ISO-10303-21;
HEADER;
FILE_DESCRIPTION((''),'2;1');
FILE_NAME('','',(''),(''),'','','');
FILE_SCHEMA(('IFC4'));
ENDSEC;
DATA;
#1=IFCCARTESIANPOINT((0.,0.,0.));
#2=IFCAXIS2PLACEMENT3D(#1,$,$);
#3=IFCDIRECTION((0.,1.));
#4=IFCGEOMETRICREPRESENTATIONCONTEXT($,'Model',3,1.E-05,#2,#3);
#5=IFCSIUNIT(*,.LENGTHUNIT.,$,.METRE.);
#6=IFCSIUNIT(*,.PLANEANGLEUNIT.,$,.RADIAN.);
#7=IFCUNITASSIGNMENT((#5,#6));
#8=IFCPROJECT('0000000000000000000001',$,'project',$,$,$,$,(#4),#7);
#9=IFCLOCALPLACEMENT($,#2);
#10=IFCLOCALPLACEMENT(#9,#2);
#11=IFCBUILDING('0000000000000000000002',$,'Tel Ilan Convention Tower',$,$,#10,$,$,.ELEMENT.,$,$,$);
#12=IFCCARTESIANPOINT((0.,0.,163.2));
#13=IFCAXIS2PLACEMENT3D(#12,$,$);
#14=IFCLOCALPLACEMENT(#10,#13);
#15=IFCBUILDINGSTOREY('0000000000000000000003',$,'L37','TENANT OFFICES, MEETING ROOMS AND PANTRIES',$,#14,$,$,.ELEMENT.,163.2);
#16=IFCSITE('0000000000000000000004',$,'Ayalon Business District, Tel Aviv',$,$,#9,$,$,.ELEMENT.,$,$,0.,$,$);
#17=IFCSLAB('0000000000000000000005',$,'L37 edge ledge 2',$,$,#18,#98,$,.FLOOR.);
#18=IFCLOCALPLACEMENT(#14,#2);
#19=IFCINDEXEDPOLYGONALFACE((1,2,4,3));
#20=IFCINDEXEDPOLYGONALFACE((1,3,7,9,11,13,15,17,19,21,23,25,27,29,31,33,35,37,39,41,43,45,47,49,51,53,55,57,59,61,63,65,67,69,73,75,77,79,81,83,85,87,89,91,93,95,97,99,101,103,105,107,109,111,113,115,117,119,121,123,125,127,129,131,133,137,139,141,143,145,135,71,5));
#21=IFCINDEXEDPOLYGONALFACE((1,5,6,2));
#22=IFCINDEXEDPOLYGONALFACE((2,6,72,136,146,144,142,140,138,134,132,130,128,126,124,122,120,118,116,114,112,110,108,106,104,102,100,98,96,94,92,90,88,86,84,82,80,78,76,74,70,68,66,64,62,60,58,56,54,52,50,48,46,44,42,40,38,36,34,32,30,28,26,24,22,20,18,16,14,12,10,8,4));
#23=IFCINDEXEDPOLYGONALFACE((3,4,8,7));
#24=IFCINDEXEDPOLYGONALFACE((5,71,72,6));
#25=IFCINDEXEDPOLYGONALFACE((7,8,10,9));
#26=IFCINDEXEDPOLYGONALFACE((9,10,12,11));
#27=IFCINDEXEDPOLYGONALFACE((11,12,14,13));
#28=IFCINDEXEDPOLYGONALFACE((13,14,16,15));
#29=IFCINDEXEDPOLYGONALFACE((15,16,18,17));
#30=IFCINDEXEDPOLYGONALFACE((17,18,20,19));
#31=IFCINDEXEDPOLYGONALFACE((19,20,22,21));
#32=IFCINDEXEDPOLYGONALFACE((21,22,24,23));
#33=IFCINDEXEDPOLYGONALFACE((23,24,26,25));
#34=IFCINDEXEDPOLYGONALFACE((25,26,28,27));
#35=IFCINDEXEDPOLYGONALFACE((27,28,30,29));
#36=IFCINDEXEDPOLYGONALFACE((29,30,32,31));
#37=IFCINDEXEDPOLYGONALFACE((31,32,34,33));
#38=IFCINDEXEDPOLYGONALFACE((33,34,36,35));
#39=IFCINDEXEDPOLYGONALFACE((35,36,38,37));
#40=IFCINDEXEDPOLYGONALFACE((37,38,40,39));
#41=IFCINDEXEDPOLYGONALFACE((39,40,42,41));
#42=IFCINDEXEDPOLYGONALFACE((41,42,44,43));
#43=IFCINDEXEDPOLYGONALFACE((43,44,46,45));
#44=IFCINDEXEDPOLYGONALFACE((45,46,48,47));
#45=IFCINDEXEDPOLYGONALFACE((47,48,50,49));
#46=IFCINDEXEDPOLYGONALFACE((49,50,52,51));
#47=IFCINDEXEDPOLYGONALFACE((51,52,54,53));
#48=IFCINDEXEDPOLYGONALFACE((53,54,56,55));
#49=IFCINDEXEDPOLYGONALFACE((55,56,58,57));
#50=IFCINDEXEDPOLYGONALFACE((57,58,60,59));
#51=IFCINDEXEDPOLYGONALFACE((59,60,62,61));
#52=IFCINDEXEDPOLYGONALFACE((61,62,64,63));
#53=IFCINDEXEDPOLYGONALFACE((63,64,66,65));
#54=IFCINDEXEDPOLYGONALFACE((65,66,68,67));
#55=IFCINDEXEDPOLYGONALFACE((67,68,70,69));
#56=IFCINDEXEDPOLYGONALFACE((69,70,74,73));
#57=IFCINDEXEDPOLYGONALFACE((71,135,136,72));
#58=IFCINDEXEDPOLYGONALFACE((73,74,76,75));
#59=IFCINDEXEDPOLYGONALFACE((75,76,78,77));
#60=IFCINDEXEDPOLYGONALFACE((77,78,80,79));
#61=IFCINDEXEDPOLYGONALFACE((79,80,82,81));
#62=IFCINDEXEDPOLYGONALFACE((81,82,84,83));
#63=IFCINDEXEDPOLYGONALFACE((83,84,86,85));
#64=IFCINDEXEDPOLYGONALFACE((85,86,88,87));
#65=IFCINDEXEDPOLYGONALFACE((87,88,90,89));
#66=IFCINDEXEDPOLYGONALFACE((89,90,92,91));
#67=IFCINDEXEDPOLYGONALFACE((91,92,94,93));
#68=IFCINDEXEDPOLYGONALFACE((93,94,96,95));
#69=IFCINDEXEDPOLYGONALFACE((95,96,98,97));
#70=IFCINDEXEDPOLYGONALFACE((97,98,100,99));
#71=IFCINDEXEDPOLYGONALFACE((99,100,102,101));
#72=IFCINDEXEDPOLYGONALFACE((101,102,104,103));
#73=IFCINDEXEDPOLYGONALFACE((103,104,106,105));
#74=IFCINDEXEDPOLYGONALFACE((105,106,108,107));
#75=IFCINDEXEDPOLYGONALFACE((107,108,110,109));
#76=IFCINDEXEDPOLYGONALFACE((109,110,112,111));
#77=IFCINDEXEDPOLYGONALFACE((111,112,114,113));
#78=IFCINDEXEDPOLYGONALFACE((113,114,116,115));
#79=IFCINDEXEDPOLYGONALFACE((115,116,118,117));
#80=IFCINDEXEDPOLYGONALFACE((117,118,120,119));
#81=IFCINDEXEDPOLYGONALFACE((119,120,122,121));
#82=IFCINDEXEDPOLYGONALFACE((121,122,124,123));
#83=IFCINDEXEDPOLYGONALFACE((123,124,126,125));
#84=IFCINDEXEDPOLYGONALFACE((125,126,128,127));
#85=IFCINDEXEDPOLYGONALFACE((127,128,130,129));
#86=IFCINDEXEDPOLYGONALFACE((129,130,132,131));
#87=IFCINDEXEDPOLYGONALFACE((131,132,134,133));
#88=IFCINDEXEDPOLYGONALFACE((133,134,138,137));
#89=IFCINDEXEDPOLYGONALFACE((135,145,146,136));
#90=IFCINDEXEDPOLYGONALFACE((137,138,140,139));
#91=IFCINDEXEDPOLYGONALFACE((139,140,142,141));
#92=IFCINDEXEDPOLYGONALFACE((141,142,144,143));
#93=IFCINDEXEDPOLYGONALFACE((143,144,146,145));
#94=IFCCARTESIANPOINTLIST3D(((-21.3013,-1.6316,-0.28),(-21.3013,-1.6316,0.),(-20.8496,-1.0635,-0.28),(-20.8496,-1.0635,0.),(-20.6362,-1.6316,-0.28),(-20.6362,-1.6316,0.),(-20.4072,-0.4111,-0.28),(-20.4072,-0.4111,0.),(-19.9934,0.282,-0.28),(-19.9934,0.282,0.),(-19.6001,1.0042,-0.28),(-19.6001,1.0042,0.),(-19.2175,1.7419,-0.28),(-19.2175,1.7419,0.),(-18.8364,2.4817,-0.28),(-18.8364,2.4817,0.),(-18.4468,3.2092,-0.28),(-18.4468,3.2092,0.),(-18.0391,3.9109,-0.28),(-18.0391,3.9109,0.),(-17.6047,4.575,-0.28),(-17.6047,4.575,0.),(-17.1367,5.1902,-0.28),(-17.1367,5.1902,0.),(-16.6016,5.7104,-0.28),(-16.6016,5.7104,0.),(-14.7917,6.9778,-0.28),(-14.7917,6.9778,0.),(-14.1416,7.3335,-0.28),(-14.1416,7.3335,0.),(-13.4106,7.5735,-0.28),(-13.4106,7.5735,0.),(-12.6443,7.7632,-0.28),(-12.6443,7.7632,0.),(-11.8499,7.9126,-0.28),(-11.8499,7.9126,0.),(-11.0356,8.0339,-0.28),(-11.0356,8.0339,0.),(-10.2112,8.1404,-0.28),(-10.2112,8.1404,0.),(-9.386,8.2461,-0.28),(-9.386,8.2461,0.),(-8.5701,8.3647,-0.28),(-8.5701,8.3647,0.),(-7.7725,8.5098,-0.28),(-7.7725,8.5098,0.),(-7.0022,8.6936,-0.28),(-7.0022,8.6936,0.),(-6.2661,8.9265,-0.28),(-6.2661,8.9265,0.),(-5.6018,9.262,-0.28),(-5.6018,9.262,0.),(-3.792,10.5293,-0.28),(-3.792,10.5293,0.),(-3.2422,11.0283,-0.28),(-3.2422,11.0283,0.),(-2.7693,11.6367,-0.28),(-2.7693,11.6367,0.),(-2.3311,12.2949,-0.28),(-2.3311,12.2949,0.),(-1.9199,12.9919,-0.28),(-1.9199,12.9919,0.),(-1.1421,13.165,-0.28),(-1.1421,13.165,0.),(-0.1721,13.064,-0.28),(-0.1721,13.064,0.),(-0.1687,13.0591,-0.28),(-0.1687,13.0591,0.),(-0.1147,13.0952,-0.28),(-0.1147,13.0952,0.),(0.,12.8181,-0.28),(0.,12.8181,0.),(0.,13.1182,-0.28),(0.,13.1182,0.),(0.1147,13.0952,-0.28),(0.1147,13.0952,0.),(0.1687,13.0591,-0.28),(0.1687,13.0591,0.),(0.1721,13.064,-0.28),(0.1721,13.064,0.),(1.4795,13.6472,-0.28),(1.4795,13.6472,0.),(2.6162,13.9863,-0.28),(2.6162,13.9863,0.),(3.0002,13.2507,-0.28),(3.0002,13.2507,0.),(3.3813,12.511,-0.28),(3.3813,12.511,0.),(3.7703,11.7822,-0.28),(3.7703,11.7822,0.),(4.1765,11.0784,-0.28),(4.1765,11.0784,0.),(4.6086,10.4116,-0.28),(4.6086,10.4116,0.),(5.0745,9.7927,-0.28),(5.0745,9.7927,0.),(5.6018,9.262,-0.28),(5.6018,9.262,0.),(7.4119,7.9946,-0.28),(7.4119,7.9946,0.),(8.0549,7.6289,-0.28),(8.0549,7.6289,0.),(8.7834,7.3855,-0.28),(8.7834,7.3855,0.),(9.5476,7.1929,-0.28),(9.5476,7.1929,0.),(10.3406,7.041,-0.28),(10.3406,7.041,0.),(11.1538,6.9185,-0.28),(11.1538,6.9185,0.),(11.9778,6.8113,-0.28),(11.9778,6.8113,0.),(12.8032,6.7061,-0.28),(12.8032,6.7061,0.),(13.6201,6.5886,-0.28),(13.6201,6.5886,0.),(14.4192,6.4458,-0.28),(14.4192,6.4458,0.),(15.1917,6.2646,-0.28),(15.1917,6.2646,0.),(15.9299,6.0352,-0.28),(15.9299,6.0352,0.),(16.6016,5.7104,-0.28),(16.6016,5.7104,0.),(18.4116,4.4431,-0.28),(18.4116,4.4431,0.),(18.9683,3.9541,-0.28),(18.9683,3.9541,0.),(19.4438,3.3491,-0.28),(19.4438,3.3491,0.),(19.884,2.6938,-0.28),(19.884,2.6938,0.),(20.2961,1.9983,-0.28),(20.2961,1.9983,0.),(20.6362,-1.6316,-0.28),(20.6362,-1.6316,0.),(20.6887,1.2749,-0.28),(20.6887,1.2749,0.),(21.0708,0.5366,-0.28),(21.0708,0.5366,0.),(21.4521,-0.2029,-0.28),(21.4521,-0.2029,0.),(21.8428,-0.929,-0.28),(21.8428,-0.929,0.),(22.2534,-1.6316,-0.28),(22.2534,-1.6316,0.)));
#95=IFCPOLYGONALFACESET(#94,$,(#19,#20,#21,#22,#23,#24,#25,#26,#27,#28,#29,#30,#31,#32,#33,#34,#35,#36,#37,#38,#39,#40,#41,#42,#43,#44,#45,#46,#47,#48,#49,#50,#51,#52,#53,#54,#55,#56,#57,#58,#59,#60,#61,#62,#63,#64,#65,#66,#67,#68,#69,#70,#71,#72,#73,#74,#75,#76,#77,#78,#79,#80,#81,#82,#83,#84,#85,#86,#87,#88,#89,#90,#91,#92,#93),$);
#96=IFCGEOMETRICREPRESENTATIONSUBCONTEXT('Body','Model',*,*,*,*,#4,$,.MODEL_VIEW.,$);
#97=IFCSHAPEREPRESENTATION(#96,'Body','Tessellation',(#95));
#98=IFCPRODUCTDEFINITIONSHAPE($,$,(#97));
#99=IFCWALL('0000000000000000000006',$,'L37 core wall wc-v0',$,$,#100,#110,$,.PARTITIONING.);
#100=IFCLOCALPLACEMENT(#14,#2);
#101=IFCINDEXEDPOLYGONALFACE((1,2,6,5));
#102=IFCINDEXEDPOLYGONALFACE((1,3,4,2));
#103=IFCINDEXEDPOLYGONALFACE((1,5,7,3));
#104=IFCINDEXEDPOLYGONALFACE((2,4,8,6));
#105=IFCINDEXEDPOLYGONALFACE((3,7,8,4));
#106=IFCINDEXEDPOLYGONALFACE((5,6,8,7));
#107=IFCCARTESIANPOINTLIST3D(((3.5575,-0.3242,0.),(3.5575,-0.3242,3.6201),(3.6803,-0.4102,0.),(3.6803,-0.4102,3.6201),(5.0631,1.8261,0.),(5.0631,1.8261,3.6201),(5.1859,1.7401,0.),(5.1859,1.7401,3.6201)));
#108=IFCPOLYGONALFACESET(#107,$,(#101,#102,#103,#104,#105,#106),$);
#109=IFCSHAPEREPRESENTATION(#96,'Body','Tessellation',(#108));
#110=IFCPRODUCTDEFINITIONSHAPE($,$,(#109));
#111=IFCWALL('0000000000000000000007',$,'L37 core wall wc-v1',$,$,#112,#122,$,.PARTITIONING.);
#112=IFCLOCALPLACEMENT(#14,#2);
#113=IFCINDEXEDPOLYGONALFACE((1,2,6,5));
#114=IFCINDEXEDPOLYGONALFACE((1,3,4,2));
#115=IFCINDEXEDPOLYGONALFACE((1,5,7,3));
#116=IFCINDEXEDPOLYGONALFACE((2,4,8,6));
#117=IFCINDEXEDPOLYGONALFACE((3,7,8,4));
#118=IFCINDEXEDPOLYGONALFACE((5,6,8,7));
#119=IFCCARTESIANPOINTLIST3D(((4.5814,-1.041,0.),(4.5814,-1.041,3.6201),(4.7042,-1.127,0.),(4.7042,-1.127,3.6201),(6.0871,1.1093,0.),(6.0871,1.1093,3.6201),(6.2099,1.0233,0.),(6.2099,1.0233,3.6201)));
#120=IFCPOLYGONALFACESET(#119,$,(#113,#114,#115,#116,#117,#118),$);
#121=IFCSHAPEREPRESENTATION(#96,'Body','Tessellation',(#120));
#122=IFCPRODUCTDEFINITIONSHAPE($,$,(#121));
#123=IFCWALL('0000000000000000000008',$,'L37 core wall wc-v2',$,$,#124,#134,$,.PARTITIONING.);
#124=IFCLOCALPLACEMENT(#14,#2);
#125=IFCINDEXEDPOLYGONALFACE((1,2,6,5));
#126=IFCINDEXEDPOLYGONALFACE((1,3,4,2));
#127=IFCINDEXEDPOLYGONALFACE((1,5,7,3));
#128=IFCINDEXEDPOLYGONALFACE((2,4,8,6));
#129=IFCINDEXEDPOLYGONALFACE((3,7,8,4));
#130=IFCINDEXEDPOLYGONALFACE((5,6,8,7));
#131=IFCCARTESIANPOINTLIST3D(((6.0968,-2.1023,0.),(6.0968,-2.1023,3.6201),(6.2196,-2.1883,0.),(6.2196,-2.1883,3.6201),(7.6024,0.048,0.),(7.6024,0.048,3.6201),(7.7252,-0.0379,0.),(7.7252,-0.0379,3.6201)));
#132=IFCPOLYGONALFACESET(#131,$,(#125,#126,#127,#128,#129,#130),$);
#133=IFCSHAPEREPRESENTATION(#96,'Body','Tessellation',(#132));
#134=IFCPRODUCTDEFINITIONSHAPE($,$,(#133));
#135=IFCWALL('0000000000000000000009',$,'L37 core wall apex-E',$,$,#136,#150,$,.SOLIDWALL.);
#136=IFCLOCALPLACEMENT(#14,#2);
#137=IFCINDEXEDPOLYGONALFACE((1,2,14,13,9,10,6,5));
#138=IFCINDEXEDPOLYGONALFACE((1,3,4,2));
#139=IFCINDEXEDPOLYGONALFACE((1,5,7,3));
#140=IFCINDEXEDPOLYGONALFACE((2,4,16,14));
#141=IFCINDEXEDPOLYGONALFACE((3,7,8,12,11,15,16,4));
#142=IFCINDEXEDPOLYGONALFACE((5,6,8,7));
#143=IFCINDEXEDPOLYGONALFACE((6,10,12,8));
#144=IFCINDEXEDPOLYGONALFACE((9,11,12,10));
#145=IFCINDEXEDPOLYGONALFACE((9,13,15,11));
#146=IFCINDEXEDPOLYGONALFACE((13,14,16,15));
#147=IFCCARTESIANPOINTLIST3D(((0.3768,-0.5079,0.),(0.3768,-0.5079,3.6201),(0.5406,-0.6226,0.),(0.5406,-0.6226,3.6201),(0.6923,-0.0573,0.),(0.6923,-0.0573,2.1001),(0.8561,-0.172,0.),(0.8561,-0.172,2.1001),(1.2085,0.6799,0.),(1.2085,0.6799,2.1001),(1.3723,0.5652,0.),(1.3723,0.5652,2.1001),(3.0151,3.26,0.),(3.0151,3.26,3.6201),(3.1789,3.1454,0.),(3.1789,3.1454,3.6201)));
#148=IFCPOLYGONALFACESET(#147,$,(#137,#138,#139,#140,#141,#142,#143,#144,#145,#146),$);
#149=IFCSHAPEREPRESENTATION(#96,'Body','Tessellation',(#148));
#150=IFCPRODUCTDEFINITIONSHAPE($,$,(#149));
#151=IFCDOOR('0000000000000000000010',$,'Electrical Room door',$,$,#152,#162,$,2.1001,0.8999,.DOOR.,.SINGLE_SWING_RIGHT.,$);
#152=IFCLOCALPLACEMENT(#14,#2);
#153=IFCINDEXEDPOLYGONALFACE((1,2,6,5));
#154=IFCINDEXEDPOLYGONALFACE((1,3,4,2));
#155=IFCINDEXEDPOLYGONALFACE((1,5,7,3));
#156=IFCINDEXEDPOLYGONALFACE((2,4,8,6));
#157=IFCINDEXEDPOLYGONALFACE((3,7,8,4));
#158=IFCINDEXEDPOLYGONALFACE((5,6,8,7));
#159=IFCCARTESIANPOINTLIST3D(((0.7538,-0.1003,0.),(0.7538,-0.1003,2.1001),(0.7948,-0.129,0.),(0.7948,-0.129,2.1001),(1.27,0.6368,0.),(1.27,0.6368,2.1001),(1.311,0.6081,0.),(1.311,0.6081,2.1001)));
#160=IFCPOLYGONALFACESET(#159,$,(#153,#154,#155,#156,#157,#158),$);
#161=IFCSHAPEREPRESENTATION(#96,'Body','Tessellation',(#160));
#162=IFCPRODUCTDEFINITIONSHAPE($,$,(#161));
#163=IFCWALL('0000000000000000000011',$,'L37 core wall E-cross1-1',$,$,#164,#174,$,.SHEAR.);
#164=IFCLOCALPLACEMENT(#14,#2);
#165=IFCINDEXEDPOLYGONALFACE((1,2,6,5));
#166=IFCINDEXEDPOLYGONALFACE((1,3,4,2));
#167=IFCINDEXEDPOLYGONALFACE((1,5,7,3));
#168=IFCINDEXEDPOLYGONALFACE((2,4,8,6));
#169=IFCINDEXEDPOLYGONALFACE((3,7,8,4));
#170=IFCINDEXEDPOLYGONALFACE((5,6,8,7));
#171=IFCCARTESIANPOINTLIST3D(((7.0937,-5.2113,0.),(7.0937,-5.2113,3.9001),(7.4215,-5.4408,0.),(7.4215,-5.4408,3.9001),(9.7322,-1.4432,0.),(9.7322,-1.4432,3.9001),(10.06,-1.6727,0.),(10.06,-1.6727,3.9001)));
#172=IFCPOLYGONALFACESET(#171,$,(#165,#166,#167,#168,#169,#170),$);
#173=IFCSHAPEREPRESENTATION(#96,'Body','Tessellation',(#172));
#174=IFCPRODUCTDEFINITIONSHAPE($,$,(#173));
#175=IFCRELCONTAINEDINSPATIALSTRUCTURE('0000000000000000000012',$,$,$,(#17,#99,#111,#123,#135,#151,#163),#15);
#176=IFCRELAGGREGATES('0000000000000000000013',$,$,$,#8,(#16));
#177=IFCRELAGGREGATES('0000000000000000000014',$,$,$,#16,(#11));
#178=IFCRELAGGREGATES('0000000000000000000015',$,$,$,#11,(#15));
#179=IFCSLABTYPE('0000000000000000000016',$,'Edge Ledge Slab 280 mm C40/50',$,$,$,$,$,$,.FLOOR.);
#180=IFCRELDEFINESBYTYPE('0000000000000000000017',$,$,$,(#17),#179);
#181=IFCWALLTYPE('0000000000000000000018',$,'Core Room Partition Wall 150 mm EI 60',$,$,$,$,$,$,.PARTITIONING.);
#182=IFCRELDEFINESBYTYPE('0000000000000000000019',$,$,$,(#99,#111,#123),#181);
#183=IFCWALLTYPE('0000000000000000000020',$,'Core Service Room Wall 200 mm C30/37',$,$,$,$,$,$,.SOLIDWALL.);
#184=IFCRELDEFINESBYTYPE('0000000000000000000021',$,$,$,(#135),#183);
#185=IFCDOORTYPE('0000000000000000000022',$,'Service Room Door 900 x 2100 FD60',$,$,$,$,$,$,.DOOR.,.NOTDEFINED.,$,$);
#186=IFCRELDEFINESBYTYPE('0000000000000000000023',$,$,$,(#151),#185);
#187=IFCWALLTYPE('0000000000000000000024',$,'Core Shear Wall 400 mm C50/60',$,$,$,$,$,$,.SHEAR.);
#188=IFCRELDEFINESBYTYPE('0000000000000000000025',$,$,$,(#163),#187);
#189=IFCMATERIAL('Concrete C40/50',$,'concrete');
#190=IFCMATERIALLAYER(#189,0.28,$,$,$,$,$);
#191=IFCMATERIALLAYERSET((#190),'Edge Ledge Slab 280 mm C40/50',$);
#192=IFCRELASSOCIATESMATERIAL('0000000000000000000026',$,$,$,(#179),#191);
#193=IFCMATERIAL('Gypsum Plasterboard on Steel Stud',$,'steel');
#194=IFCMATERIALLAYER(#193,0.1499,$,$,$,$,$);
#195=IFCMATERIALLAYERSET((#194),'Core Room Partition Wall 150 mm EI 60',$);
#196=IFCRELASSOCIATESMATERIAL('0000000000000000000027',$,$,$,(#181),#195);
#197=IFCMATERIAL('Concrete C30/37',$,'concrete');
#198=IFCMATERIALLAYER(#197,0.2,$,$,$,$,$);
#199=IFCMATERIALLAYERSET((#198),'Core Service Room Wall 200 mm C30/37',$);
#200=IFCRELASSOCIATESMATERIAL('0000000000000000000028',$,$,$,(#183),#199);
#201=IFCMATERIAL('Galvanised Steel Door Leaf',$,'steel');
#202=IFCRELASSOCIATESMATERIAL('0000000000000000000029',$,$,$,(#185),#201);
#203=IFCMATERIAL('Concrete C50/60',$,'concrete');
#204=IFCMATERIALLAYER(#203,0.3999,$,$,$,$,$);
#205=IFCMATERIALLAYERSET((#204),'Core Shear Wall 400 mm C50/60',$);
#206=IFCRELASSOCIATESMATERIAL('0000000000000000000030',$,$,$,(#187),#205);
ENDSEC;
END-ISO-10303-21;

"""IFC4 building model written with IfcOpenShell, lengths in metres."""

from ifc_helpers import new_model, si_unit, direction, frame, frame_2d, origin, place, context, subcontext, project, spatial, polyline, rectangle, outline, extrude, material, layer, layer_set, type_object, element, fill, save


model = new_model("IFC4")

# Units and contexts
model_context = context("Model", 3, precision=1e-05, world=origin(), true_north=direction((0.0, 1.0)))
body_context = subcontext(model_context, "Body", "Model", "MODEL_VIEW")
ifc_project = project(units=[si_unit("LENGTHUNIT", "METRE"), si_unit("PLANEANGLEUNIT", "RADIAN")], contexts=[model_context])

# Site, building, storey
site_placement = place(None, origin())
site = spatial("IfcSite", under=ifc_project, at=site_placement, Name="Ayalon Business District, Tel Aviv", CompositionType="ELEMENT", RefElevation=0.0)
building_placement = place(site_placement, origin())
building = spatial("IfcBuilding", under=site, at=building_placement, Name="Tel Ilan Convention Tower", CompositionType="ELEMENT")
storey_placement = place(building_placement, frame((0.0, 0.0, 163.2)))
storey = spatial("IfcBuildingStorey", under=building, at=storey_placement, Name="L37", Description="TENANT OFFICES, MEETING ROOMS AND PANTRIES", CompositionType="ELEMENT", Elevation=163.2)

# Slab
ifc_material_1 = material(Name="Concrete C40/50", Category="concrete")
ifc_layer_1 = layer(ifc_material_1, 0.28)
ifc_layer_set_1 = layer_set([ifc_layer_1], Name="Edge Ledge Slab 280 mm C40/50")
slab_type_1 = type_object("IfcSlabType", Name="Edge Ledge Slab 280 mm C40/50", PredefinedType="FLOOR", material=ifc_layer_set_1)
slab_1_placement = place(storey_placement, frame((0.0, 0.0, -0.28)))
element("IfcSlab", 1, at=slab_1_placement, inside=storey, type_object=slab_type_1, Name="L37 edge ledge 2", PredefinedType="FLOOR", context=body_context, shape_type="SweptSolid", body=[
    extrude(outline(polyline([(-19.6001, 1.0042), (-19.2175, 1.7419), (-18.8364, 2.4817), (-18.4468, 3.2092), (-18.0391, 3.9109), (-17.6047, 4.575), (-17.1367, 5.1902), (-16.6016, 5.7104), (-14.7917, 6.9778), (-14.1416, 7.3335), (-13.4106, 7.5735), (-12.6443, 7.7632), (-11.8499, 7.9126), (-11.0356, 8.0339), (-10.2112, 8.1404), (-9.386, 8.2461), (-8.5701, 8.3647), (-7.7725, 8.5098), (-7.0022, 8.6936), (-6.2661, 8.9265), (-5.6018, 9.262), (-3.792, 10.5293), (-3.2422, 11.0283), (-2.7693, 11.6367), (-2.3311, 12.2949), (-1.9199, 12.9919), (-1.1421, 13.165), (-0.1721, 13.064), (-0.1687, 13.0591), (-0.1147, 13.0952), (0.0, 13.1182), (0.1147, 13.0952), (0.1687, 13.0591), (0.1721, 13.064), (1.4795, 13.6472), (2.6162, 13.9863), (3.0002, 13.2507), (3.3813, 12.511), (3.7703, 11.7822), (4.1765, 11.0784), (4.6086, 10.4116), (5.0745, 9.7927), (5.6018, 9.262), (7.4119, 7.9946), (8.0549, 7.6289), (8.7834, 7.3855), (9.5476, 7.1929), (10.3406, 7.041), (11.1538, 6.9185), (11.9778, 6.8113), (12.8032, 6.7061), (13.6201, 6.5886), (14.4192, 6.4458), (15.1917, 6.2646), (15.9299, 6.0352), (16.6016, 5.7104), (18.4116, 4.4431), (18.9683, 3.9541), (19.4438, 3.3491), (19.884, 2.6938), (20.2961, 1.9983), (20.6887, 1.2749), (21.0708, 0.5366), (21.4521, -0.2029), (21.8428, -0.929), (22.2534, -1.6316), (20.6362, -1.6316), (0.0, 12.8181), (-20.6362, -1.6316), (-21.3013, -1.6316), (-20.8496, -1.0635), (-20.4072, -0.4111), (-19.9934, 0.282), (-19.6001, 1.0042)])), origin(), (0.0, 0.0, 1.0), 0.28),
])

# Walls
ifc_material_2 = material(Name="Gypsum Plasterboard on Steel Stud", Category="steel")
ifc_layer_2 = layer(ifc_material_2, 0.1499)
ifc_layer_set_2 = layer_set([ifc_layer_2], Name="Core Room Partition Wall 150 mm EI 60")
wall_type_1 = type_object("IfcWallType", Name="Core Room Partition Wall 150 mm EI 60", PredefinedType="PARTITIONING", material=ifc_layer_set_2)
for number, where, z_axis, x_axis, name in (
    (2, (3.6189, -0.3672, 0.0), (0.0, 0.0, 1.0), (0.57355, 0.819171, 0.0), "L37 core wall wc-v0"),
    (3, (4.6428, -1.084, 0.0), (0.0, 0.0, 1.0), (0.573593, 0.81914, 0.0), "L37 core wall wc-v1"),
    (4, (6.1582, -2.1453, 0.0), (0.0, 0.0, 1.0), (0.57355, 0.819171, 0.0), "L37 core wall wc-v2"),
):
    element("IfcWall", number, at=place(storey_placement, frame(where, z_axis=z_axis, x_axis=x_axis)), inside=storey, type_object=wall_type_1, Name=name, PredefinedType="PARTITIONING", context=body_context, shape_type="SweptSolid", body=[
        extrude(rectangle(XDim=2.625, YDim=0.1499, at=frame_2d((1.3125, 0.0))), origin(), (0.0, 0.0, 1.0), 3.6201),
    ])

# Wall, opening, door
ifc_material_3 = material(Name="Concrete C30/37", Category="concrete")
ifc_layer_3 = layer(ifc_material_3, 0.2)
ifc_layer_set_3 = layer_set([ifc_layer_3], Name="Core Service Room Wall 200 mm C30/37")
wall_type_2 = type_object("IfcWallType", Name="Core Service Room Wall 200 mm C30/37", PredefinedType="SOLIDWALL", material=ifc_layer_set_3)
wall_1_placement = place(storey_placement, frame((0.4587, -0.5652, 0.0), z_axis=(0.0, 0.0, 1.0), x_axis=(0.573576, 0.819152, 0.0)))
wall_1 = element("IfcWall", 5, at=wall_1_placement, inside=storey, type_object=wall_type_2, Name="L37 core wall apex-E", PredefinedType="SOLIDWALL", context=body_context, shape_type="SweptSolid", body=[
    extrude(rectangle(XDim=4.5999, YDim=0.2, at=frame_2d((2.2998, 0.0))), origin(), (0.0, 0.0, 1.0), 3.6201),
])
opening_1_placement = place(wall_1_placement, frame((0.55, 0.0, 0.0)))
opening_1 = element("IfcOpeningElement", 6, at=opening_1_placement, cuts=wall_1, PredefinedType="OPENING", context=body_context, shape_type="SweptSolid", body=[
    extrude(rectangle(XDim=0.8999, YDim=2.1001, at=frame_2d((0.45, 1.05))), frame((0.0, 0.1099, 0.0), z_axis=(0.0, -1.0, 0.0), x_axis=(1.0, 0.0, 0.0)), (0.0, 0.0, 1.0), 0.22),
])
ifc_material_4 = material(Name="Galvanised Steel Door Leaf", Category="steel")
door_type_1 = type_object("IfcDoorType", Name="Service Room Door 900 x 2100 FD60", OperationType="NOTDEFINED", PredefinedType="DOOR", material=ifc_material_4)
door_1_placement = place(opening_1_placement, origin())
door_1 = element("IfcDoor", 7, at=door_1_placement, inside=storey, type_object=door_type_1, Name="Electrical Room door", OperationType="SINGLE_SWING_RIGHT", OverallHeight=2.1001, OverallWidth=0.8999, PredefinedType="DOOR", context=body_context, shape_type="SweptSolid", body=[
    extrude(rectangle(XDim=0.8999, YDim=2.1001, at=frame_2d((0.45, 1.05))), frame((0.0, 0.0249, 0.0), z_axis=(0.0, -1.0, 0.0), x_axis=(1.0, 0.0, 0.0)), (0.0, 0.0, 1.0), 0.05),
])
fill(opening_1, door_1)

# Wall
ifc_material_5 = material(Name="Concrete C50/60", Category="concrete")
ifc_layer_4 = layer(ifc_material_5, 0.3999)
ifc_layer_set_4 = layer_set([ifc_layer_4], Name="Core Shear Wall 400 mm C50/60")
wall_type_3 = type_object("IfcWallType", Name="Core Shear Wall 400 mm C50/60", PredefinedType="SHEAR", material=ifc_layer_set_4)
wall_2_placement = place(storey_placement, frame((7.2578, -5.3259, 0.0), z_axis=(0.0, 0.0, 1.0), x_axis=(0.573541, 0.819177, 0.0)))
element("IfcWall", 8, at=wall_2_placement, inside=storey, type_object=wall_type_3, Name="L37 core wall E-cross1-1", PredefinedType="SHEAR", context=body_context, shape_type="SweptSolid", body=[
    extrude(outline(polyline([(-0.0002, 0.2002), (-0.0002, -0.2), (4.5999, -0.2002), (4.5999, 0.2), (-0.0002, 0.2002)])), origin(), (0.0, 0.0, 1.0), 3.9001),
])

save(model, "model.ifc")
